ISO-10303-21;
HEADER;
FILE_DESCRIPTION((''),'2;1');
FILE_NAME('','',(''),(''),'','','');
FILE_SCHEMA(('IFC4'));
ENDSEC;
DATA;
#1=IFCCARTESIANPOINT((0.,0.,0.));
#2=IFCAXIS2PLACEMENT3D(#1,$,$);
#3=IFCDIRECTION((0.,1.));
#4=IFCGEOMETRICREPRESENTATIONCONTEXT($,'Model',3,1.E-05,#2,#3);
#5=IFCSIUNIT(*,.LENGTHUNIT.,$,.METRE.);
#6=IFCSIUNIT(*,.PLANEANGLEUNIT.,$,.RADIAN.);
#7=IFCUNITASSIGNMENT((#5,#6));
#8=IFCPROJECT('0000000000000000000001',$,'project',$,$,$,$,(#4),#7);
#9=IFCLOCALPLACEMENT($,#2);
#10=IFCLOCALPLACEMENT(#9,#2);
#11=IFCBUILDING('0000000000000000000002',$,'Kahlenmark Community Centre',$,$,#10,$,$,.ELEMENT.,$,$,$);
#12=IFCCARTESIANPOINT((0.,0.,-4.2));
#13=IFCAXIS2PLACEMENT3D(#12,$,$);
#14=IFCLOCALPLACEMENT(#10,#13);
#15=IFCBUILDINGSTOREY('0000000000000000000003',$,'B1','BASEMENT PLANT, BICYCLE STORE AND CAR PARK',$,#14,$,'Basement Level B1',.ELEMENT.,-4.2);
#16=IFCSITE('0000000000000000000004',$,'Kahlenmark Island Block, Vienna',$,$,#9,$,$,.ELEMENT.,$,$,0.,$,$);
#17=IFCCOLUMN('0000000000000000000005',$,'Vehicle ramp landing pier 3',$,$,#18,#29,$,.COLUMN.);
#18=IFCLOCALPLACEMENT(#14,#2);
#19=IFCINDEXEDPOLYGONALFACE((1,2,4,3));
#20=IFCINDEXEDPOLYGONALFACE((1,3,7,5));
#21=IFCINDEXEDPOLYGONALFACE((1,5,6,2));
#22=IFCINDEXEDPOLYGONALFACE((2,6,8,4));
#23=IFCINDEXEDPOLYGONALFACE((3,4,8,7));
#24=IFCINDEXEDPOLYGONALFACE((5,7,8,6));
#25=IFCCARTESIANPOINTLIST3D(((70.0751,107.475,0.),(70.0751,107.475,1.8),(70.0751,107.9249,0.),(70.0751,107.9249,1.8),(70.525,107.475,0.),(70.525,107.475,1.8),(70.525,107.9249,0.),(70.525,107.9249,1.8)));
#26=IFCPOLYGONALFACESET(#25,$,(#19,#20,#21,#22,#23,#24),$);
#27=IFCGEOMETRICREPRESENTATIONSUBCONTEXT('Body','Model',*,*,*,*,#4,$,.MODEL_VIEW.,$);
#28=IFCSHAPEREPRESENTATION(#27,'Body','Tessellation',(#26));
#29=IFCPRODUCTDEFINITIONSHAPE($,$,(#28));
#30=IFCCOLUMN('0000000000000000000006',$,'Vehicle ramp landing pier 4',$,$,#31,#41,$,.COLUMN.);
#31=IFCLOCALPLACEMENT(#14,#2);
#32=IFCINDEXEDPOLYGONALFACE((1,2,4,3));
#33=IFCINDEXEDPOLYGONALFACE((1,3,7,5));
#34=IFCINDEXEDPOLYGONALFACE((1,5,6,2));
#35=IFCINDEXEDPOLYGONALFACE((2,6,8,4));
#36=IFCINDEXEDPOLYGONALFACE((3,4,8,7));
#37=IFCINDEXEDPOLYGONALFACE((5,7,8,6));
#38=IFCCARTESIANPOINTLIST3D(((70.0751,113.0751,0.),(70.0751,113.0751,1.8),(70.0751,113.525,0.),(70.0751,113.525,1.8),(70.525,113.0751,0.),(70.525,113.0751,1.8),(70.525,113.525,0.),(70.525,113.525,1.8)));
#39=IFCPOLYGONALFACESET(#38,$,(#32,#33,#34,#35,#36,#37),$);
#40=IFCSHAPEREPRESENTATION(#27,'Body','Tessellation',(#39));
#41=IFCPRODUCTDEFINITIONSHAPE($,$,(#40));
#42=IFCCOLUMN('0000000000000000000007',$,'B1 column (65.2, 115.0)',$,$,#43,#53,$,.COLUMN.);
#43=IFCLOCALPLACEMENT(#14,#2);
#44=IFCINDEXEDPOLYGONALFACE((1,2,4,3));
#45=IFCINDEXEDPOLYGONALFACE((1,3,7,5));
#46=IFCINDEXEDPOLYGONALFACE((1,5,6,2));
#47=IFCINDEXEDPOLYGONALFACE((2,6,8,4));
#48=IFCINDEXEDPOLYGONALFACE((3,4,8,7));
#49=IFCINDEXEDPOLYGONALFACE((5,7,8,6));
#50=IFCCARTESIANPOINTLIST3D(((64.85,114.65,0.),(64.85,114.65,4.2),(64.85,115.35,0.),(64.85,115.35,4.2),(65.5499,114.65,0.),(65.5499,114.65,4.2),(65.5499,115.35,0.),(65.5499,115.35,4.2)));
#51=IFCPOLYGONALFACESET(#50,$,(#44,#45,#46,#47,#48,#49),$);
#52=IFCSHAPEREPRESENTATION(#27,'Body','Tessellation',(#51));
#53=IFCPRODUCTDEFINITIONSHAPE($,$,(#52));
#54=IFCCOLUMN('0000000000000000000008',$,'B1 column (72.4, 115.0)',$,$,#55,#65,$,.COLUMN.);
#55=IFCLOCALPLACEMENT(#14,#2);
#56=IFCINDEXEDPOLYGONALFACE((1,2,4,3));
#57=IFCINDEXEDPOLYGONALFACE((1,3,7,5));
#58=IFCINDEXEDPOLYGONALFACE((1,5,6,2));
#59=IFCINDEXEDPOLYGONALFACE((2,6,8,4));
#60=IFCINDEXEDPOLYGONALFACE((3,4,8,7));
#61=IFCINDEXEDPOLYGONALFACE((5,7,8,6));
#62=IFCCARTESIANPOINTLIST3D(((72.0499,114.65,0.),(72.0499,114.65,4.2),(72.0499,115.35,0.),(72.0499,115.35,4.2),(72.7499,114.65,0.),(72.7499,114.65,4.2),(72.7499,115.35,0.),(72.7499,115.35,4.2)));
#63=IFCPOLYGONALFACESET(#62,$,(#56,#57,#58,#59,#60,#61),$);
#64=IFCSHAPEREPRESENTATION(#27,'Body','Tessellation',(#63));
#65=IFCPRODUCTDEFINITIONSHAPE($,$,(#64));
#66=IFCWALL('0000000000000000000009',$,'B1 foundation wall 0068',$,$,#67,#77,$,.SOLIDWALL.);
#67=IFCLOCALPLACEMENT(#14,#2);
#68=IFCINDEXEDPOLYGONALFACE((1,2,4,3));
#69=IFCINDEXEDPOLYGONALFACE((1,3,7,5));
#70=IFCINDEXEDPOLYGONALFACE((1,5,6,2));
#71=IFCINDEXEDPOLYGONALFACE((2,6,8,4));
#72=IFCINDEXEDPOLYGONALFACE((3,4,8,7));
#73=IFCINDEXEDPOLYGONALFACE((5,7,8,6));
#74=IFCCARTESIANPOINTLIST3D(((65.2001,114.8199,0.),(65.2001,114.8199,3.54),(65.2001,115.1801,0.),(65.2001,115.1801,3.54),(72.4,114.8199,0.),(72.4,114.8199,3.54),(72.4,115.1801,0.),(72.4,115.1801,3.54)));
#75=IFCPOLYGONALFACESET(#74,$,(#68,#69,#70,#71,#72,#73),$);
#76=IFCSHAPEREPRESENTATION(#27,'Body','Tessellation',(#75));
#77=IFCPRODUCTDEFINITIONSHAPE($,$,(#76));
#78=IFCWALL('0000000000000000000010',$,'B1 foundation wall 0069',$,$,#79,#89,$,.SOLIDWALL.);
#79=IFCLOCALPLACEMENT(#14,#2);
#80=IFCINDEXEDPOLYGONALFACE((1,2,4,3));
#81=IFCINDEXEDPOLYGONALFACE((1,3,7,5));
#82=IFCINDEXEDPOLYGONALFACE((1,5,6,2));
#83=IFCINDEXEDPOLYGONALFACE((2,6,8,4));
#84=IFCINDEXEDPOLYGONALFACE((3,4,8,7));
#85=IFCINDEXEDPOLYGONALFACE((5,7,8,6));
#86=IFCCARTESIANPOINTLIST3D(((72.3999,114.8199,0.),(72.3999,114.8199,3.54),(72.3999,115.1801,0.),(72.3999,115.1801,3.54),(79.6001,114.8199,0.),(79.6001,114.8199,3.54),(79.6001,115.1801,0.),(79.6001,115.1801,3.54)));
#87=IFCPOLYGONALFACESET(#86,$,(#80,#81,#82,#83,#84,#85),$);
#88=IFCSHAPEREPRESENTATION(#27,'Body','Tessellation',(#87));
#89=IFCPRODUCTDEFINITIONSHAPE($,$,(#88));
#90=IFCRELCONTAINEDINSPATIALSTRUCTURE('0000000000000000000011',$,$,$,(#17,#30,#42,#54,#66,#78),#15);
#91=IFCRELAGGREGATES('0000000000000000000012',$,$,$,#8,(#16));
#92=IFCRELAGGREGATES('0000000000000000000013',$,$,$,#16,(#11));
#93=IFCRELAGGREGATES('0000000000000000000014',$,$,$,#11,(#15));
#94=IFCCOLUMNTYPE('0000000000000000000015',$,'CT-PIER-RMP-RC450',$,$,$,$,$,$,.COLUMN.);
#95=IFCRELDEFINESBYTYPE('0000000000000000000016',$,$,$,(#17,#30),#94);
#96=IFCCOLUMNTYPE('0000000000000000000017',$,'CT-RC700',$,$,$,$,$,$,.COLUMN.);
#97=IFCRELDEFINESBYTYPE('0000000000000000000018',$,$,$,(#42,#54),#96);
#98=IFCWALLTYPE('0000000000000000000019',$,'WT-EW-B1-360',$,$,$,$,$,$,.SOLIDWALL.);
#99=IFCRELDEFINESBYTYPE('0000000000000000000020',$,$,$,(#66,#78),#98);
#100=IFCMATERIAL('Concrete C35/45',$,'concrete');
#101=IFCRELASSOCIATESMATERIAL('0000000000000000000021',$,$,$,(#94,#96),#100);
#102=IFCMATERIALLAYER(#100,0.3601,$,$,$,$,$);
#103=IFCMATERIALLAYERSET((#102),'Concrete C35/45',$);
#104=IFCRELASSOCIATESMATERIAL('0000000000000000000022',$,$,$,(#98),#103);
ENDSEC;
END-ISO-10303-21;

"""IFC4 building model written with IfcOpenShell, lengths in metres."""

from ifc_helpers import new_model, si_unit, direction, frame, frame_2d, origin, origin_2d, place, context, subcontext, project, spatial, rectangle, extrude, material, layer, layer_set, material_profile, profile_set, type_object, element, save


model = new_model("IFC4")

# Units and contexts
model_context = context("Model", 3, precision=1e-05, world=origin(), true_north=direction((0.0, 1.0)))
body_context = subcontext(model_context, "Body", "Model", "MODEL_VIEW")
ifc_project = project(units=[si_unit("LENGTHUNIT", "METRE"), si_unit("PLANEANGLEUNIT", "RADIAN")], contexts=[model_context])

# Site, building, storey
site_placement = place(None, origin())
site = spatial("IfcSite", under=ifc_project, at=site_placement, Name="Kahlenmark Island Block, Vienna", CompositionType="ELEMENT", RefElevation=0.0)
building_placement = place(site_placement, origin())
building = spatial("IfcBuilding", under=site, at=building_placement, Name="Kahlenmark Community Centre", CompositionType="ELEMENT")
storey_placement = place(building_placement, frame((0.0, 0.0, -4.2)))
storey = spatial("IfcBuildingStorey", under=building, at=storey_placement, Name="B1", Description="BASEMENT PLANT, BICYCLE STORE AND CAR PARK", LongName="Basement Level B1", CompositionType="ELEMENT", Elevation=-4.2)

# Columns
ifc_material_1 = material(Name="Concrete C35/45", Category="concrete")
ifc_material_profile_1 = material_profile(ifc_material_1, rectangle(XDim=0.45, YDim=0.45, at=origin_2d()), Name="RC 450x450")
ifc_profile_set_1 = profile_set([ifc_material_profile_1], Name="Concrete C35/45")
column_type_1 = type_object("IfcColumnType", Name="CT-PIER-RMP-RC450", PredefinedType="COLUMN", material=ifc_profile_set_1)
for number, where, z_axis, x_axis, name in (
    (1, (70.3, 107.7, 0.0), (0.0, 0.0, 1.0), (1.0, 0.0, 0.0), "Vehicle ramp landing pier 3"),
    (2, (70.3, 113.3, 0.0), (0.0, 0.0, 1.0), (1.0, 0.0, 0.0), "Vehicle ramp landing pier 4"),
):
    element("IfcColumn", number, at=place(storey_placement, frame(where, z_axis=z_axis, x_axis=x_axis)), inside=storey, type_object=column_type_1, Name=name, PredefinedType="COLUMN", context=body_context, shape_type="SweptSolid", body=[
        extrude(rectangle(XDim=0.45, YDim=0.45, at=origin_2d()), origin(), (0.0, 0.0, 1.0), 1.8),
    ])
ifc_material_profile_2 = material_profile(ifc_material_1, rectangle(XDim=0.7, YDim=0.7, at=origin_2d()), Name="RC 700x700")
ifc_profile_set_2 = profile_set([ifc_material_profile_2], Name="Concrete C35/45")
column_type_2 = type_object("IfcColumnType", Name="CT-RC700", PredefinedType="COLUMN", material=ifc_profile_set_2)
for number, where, z_axis, x_axis, name in (
    (3, (65.2, 115.0, 0.0), (0.0, 0.0, 1.0), (1.0, 0.0, 0.0), "B1 column (65.2, 115.0)"),
    (4, (72.3999, 115.0, 0.0), (0.0, 0.0, 1.0), (1.0, 0.0, 0.0), "B1 column (72.4, 115.0)"),
):
    element("IfcColumn", number, at=place(storey_placement, frame(where, z_axis=z_axis, x_axis=x_axis)), inside=storey, type_object=column_type_2, Name=name, PredefinedType="COLUMN", context=body_context, shape_type="SweptSolid", body=[
        extrude(rectangle(XDim=0.7, YDim=0.7, at=origin_2d()), origin(), (0.0, 0.0, 1.0), 4.2),
    ])

# Walls
ifc_layer = layer(ifc_material_1, 0.3601)
ifc_layer_set = layer_set([ifc_layer], Name="Concrete C35/45")
wall_type = type_object("IfcWallType", Name="WT-EW-B1-360", PredefinedType="SOLIDWALL", material=ifc_layer_set)
wall_1_placement = place(storey_placement, frame((65.2, 115.0, 0.0), z_axis=(0.0, 0.0, 1.0), x_axis=(1.0, 0.0, 0.0)))
element("IfcWall", 5, at=wall_1_placement, inside=storey, type_object=wall_type, Name="B1 foundation wall 0068", PredefinedType="SOLIDWALL", context=body_context, shape_type="SweptSolid", body=[
    extrude(rectangle(XDim=7.2, YDim=0.3601, at=frame_2d((3.6001, 0.0))), origin(), (0.0, 0.0, 1.0), 3.54),
])
wall_2_placement = place(storey_placement, frame((72.3999, 115.0, 0.0), z_axis=(0.0, 0.0, 1.0), x_axis=(1.0, 0.0, 0.0)))
element("IfcWall", 6, at=wall_2_placement, inside=storey, type_object=wall_type, Name="B1 foundation wall 0069", PredefinedType="SOLIDWALL", context=body_context, shape_type="SweptSolid", body=[
    extrude(rectangle(XDim=7.2002, YDim=0.3601, at=frame_2d((3.6001, 0.0))), origin(), (0.0, 0.0, 1.0), 3.54),
])

save(model, "model.ifc")
